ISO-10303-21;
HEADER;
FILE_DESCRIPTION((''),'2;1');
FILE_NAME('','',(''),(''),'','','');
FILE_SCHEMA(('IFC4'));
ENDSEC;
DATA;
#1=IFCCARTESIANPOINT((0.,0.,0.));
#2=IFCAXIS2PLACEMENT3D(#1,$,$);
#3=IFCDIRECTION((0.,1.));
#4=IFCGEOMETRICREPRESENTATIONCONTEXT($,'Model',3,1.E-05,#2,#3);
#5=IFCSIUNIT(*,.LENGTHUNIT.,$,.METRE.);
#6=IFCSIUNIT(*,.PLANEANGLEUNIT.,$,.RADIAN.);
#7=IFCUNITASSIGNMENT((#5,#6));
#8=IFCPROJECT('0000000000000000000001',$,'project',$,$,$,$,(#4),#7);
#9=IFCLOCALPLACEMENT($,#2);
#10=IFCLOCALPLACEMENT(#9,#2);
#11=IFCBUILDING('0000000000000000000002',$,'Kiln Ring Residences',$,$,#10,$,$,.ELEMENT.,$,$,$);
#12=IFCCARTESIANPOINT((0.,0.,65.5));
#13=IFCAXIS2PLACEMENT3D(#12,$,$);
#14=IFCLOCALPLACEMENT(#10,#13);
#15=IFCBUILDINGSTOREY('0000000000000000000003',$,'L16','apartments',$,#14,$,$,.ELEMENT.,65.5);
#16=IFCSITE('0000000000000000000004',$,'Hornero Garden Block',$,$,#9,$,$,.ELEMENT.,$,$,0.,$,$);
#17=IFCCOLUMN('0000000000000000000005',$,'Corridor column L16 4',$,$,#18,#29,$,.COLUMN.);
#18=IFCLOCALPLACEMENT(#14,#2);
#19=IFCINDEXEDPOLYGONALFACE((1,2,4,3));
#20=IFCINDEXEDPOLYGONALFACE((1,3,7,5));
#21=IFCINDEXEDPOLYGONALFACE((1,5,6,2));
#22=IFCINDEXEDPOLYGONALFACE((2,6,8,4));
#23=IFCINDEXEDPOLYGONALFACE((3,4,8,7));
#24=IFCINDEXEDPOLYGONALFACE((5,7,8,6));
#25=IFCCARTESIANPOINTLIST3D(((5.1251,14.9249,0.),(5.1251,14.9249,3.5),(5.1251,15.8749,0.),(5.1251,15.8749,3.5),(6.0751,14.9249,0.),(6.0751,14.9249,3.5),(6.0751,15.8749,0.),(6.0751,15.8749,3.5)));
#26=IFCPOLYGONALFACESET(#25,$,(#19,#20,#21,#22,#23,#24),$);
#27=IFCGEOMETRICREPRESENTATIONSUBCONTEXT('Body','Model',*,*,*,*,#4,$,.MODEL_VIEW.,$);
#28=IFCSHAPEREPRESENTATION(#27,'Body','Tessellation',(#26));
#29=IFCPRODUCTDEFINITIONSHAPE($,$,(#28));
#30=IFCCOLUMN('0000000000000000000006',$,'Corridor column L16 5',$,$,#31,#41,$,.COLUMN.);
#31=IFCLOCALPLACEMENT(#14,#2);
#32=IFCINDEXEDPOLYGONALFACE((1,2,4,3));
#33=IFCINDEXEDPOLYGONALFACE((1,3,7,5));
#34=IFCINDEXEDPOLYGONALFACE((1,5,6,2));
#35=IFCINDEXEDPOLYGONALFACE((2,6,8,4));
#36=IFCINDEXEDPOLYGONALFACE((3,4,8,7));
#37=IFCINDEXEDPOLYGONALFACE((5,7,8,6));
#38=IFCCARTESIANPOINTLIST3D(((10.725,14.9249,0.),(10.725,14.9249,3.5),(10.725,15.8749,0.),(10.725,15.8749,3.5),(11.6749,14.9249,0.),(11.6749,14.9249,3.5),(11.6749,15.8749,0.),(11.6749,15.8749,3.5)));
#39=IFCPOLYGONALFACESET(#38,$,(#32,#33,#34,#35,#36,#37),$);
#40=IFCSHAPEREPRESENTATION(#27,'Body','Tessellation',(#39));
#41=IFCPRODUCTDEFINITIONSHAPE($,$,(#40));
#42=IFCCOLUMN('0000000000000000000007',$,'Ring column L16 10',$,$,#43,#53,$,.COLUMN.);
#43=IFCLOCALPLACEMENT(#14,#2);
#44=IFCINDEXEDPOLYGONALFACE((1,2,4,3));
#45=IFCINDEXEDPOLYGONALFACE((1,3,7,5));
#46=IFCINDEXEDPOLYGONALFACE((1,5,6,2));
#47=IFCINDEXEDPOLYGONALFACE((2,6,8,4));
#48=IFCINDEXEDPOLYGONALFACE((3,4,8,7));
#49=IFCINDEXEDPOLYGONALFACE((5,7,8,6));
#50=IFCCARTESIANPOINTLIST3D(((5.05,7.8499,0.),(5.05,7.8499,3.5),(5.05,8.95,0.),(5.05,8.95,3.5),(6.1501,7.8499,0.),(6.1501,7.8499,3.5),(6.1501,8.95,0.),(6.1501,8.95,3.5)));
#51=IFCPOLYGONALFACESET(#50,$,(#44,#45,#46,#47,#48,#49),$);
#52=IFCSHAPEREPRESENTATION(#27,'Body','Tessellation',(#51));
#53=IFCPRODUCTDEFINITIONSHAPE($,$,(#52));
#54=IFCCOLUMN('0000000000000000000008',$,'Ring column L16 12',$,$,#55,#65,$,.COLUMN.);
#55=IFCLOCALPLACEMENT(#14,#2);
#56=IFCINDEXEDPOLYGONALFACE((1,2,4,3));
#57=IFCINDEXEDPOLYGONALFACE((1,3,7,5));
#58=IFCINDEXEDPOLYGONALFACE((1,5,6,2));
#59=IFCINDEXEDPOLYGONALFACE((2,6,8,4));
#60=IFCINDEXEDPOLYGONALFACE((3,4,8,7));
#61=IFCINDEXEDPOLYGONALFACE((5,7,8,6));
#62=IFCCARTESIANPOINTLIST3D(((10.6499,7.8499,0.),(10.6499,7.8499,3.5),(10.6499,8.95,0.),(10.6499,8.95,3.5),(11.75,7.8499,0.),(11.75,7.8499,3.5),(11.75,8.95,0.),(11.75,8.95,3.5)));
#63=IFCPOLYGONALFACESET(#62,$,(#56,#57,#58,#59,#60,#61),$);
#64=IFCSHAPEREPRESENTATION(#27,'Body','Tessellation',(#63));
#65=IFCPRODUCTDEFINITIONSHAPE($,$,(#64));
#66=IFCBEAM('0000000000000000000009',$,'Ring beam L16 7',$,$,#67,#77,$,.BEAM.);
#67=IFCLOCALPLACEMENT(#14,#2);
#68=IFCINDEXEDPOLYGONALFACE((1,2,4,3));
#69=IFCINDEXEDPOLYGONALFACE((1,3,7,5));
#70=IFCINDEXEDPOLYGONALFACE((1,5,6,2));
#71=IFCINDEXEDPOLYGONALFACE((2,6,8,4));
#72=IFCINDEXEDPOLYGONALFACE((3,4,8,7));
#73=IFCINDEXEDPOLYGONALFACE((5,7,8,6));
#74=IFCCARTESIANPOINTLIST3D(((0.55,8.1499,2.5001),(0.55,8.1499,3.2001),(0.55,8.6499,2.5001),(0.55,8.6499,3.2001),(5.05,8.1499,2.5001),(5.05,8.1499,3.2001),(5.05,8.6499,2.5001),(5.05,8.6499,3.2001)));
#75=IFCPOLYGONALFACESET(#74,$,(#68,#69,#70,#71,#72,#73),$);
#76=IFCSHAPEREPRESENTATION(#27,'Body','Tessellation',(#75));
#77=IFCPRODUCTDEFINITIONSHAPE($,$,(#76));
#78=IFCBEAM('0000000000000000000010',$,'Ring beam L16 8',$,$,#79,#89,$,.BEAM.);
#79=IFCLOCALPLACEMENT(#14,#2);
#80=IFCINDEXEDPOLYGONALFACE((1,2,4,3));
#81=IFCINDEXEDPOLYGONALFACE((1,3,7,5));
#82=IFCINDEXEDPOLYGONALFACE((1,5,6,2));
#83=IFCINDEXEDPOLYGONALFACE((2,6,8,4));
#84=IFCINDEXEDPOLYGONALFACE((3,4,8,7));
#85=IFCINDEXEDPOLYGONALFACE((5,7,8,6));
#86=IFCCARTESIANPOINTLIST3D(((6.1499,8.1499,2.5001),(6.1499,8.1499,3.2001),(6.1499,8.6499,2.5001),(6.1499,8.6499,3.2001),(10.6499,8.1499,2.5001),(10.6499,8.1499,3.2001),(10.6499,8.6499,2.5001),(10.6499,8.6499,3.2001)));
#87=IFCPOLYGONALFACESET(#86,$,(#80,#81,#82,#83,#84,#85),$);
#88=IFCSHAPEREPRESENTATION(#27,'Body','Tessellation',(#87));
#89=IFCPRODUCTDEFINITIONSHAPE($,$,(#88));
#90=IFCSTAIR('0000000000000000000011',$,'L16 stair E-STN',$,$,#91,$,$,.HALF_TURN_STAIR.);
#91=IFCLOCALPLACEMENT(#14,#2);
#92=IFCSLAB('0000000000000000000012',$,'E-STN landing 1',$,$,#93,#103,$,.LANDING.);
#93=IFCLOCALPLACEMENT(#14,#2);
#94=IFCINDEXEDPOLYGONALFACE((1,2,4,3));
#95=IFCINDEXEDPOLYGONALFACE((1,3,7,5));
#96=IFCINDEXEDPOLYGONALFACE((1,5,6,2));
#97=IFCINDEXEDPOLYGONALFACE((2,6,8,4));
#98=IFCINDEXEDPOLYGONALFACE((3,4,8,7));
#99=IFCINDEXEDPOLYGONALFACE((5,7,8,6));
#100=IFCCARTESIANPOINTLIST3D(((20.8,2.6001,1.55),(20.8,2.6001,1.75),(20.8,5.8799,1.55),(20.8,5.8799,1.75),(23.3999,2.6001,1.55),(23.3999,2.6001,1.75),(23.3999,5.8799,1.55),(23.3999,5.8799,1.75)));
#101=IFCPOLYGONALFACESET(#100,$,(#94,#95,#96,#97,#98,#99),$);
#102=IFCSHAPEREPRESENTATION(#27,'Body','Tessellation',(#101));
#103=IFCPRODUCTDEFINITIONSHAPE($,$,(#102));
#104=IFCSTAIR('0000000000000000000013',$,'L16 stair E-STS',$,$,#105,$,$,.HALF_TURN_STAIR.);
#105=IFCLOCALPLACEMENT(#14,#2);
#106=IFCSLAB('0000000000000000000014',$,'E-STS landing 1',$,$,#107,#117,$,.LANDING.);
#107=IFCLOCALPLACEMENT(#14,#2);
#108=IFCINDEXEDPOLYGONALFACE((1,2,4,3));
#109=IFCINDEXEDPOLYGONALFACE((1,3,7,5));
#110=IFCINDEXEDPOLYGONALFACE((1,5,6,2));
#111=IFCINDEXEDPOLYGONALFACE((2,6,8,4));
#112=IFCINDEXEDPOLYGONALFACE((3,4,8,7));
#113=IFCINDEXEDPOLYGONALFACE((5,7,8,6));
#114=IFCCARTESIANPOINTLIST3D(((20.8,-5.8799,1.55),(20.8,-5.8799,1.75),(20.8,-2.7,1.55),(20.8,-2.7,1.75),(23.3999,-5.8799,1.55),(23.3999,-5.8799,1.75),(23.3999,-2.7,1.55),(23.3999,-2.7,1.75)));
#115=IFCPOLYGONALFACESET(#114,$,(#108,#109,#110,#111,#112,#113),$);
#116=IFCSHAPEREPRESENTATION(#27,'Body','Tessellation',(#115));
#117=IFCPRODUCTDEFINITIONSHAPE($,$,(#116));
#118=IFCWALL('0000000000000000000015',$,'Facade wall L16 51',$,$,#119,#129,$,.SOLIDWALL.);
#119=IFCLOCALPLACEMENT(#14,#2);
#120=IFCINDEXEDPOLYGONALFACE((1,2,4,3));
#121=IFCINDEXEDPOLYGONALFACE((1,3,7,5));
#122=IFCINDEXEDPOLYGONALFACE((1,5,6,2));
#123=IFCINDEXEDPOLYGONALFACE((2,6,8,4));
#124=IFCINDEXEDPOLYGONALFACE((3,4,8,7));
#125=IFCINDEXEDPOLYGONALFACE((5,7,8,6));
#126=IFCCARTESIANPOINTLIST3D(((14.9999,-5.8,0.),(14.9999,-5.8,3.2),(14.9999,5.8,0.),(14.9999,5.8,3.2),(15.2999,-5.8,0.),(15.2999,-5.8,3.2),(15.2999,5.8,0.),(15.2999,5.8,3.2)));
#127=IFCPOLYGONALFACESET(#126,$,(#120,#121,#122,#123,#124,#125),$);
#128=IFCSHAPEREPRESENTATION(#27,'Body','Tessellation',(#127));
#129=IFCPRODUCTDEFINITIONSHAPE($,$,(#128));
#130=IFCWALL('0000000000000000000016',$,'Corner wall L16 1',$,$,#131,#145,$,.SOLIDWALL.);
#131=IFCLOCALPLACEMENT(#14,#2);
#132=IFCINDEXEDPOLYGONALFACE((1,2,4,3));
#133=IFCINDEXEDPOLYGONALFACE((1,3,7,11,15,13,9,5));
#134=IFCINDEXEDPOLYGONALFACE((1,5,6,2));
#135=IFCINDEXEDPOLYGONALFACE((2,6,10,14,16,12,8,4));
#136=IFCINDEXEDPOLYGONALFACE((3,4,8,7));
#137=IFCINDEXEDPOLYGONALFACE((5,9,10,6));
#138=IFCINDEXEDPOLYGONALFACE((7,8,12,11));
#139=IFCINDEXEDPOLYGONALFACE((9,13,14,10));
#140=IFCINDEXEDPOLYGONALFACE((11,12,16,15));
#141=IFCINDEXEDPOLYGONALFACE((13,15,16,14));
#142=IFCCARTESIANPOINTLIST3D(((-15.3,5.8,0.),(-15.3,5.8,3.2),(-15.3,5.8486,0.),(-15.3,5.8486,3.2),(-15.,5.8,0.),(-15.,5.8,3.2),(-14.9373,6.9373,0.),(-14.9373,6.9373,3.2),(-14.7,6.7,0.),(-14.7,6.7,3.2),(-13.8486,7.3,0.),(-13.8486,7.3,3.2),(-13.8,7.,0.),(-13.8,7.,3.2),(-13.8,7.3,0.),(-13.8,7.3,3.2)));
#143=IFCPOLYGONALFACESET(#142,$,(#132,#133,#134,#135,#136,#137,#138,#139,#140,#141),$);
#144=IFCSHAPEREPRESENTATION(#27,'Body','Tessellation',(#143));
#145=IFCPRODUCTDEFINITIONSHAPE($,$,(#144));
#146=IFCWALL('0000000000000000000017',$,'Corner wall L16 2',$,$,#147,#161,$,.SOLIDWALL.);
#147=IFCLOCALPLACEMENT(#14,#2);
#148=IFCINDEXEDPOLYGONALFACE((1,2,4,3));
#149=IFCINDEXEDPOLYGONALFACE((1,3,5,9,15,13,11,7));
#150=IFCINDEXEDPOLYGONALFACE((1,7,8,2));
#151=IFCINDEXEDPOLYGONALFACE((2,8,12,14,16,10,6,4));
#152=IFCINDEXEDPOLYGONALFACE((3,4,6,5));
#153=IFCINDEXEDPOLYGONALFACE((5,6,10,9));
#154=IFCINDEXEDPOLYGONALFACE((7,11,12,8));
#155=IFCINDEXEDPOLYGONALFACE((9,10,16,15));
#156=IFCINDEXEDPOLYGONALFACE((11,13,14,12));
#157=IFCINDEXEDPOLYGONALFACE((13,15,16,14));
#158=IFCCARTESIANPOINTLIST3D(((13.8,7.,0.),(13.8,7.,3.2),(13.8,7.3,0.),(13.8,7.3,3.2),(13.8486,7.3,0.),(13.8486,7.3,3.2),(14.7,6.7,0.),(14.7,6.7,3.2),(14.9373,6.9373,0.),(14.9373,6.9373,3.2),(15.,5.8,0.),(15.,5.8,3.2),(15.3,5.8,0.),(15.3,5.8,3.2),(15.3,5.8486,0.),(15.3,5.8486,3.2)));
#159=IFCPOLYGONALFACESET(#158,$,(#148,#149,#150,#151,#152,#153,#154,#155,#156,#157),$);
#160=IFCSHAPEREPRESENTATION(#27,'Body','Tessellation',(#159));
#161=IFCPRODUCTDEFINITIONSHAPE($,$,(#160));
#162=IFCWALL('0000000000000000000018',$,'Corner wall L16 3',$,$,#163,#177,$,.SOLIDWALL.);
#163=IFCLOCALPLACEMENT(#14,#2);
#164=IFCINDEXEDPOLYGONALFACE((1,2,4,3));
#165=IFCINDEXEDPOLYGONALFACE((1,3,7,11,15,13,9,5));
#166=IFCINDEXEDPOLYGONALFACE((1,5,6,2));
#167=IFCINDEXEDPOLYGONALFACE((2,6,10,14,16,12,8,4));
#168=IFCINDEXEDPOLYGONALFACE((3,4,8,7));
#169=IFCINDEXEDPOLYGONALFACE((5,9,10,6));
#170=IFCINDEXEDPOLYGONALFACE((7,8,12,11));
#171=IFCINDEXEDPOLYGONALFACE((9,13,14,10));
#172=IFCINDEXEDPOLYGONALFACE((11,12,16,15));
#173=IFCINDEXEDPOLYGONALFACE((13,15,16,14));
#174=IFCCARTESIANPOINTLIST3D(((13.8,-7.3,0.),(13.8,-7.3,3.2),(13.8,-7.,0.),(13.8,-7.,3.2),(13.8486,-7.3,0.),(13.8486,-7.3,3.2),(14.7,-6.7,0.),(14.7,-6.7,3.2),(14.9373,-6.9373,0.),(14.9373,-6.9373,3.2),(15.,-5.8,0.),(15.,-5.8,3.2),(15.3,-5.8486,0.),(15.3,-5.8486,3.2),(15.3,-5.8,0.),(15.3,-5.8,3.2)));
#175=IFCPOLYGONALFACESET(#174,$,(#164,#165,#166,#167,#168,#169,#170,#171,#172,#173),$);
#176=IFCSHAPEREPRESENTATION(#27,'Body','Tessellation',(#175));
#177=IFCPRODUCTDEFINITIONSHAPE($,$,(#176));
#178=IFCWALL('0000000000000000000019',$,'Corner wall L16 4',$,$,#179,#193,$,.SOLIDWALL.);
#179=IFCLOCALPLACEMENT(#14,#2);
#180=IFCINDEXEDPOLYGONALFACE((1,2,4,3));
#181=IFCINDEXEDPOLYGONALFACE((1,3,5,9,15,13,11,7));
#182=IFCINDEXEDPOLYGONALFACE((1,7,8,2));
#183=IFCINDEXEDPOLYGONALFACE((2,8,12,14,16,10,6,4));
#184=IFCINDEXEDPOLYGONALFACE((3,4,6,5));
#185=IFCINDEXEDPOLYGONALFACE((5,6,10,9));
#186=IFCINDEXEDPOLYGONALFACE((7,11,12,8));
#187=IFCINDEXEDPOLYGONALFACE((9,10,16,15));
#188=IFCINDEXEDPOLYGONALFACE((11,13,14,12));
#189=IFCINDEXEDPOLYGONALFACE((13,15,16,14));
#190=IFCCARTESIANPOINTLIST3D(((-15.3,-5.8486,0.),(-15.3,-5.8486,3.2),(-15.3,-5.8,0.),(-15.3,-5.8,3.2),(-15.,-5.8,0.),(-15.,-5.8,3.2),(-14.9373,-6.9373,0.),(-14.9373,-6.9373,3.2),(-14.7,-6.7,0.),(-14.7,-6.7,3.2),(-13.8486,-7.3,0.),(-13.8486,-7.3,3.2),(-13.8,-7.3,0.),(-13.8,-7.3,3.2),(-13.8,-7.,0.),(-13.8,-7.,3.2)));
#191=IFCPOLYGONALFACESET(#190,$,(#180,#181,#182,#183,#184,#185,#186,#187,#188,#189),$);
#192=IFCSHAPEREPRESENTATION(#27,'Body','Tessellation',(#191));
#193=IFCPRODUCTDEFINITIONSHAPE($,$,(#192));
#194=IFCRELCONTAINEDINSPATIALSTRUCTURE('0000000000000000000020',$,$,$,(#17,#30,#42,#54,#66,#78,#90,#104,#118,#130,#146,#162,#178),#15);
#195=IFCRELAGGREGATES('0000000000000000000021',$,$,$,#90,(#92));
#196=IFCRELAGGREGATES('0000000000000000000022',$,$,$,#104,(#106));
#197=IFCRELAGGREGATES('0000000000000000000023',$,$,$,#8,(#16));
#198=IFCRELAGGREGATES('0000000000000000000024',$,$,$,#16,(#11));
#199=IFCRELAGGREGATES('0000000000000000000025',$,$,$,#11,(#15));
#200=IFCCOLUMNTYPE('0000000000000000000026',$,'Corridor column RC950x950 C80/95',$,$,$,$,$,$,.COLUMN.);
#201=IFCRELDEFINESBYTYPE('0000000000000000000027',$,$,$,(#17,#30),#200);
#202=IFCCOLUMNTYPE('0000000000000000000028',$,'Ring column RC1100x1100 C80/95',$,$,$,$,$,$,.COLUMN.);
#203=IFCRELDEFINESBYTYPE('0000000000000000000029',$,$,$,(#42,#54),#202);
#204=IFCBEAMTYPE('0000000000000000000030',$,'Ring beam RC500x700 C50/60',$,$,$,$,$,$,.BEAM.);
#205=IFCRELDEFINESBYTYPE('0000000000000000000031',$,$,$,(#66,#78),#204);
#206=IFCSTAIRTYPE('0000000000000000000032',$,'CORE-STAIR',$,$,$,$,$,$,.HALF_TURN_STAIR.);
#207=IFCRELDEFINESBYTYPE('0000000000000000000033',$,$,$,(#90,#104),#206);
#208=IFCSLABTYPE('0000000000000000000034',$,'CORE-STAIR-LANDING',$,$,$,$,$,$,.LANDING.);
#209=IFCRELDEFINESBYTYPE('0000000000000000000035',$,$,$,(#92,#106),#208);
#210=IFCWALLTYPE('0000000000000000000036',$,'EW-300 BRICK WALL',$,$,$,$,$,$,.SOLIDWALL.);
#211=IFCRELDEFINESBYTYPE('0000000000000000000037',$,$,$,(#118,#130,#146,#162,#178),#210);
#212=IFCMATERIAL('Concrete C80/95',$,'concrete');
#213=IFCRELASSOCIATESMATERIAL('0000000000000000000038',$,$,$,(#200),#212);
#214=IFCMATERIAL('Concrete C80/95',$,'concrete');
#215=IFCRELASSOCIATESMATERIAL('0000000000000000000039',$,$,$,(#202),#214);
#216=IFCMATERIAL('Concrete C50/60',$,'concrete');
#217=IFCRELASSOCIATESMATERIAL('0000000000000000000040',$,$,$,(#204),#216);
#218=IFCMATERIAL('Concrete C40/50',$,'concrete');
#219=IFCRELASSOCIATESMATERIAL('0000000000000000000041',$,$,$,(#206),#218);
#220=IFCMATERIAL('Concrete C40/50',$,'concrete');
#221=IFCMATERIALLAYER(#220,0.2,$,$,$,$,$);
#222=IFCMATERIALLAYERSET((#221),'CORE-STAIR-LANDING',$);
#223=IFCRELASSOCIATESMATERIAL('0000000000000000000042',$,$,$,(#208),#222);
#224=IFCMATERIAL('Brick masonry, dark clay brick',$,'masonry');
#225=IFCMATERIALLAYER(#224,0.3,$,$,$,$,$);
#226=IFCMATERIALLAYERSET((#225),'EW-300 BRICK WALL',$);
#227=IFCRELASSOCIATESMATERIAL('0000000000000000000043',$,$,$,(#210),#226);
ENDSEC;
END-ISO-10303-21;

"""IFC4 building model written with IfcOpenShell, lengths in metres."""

from ifc_helpers import new_model, si_unit, direction, frame, frame_2d, origin, origin_2d, place, context, subcontext, project, spatial, polyline, rectangle, outline, extrude, material, layer, layer_set, material_profile, profile_set, type_object, element, aggregate, save


model = new_model("IFC4")

# Units and contexts
model_context = context("Model", 3, precision=1e-05, world=origin(), true_north=direction((0.0, 1.0)))
body_context = subcontext(model_context, "Body", "Model", "MODEL_VIEW")
ifc_project = project(units=[si_unit("LENGTHUNIT", "METRE"), si_unit("PLANEANGLEUNIT", "RADIAN")], contexts=[model_context])

# Site, building, storey
site_placement = place(None, origin())
site = spatial("IfcSite", under=ifc_project, at=site_placement, Name="Hornero Garden Block", CompositionType="ELEMENT", RefElevation=0.0)
building_placement = place(site_placement, origin())
building = spatial("IfcBuilding", under=site, at=building_placement, Name="Kiln Ring Residences", CompositionType="ELEMENT")
storey_placement = place(building_placement, frame((0.0, 0.0, 65.5)))
storey = spatial("IfcBuildingStorey", under=building, at=storey_placement, Name="L16", Description="apartments", CompositionType="ELEMENT", Elevation=65.5)

# Columns
ifc_material_1 = material(Name="Concrete C80/95", Category="concrete")
ifc_material_profile_1 = material_profile(ifc_material_1, rectangle(XDim=0.95, YDim=0.95, at=origin_2d()), Name="RC950x950")
ifc_profile_set_1 = profile_set([ifc_material_profile_1], Name="Concrete C80/95")
column_type_1 = type_object("IfcColumnType", Name="Corridor column RC950x950 C80/95", PredefinedType="COLUMN", material=ifc_profile_set_1)
for number, where, z_axis, x_axis, name in (
    (1, (5.6001, 15.3999, 0.0), (0.0, 0.0, 1.0), (1.0, 0.0, 0.0), "Corridor column L16 4"),
    (2, (11.2, 15.3999, 0.0), (0.0, 0.0, 1.0), (1.0, 0.0, 0.0), "Corridor column L16 5"),
):
    element("IfcColumn", number, at=place(storey_placement, frame(where, z_axis=z_axis, x_axis=x_axis)), inside=storey, type_object=column_type_1, Name=name, PredefinedType="COLUMN", context=body_context, shape_type="SweptSolid", body=[
        extrude(rectangle(XDim=0.95, YDim=0.95, at=origin_2d()), origin(), (0.0, 0.0, 1.0), 3.5),
    ])
ifc_material_2 = material(Name="Concrete C80/95", Category="concrete")
ifc_material_profile_2 = material_profile(ifc_material_2, rectangle(XDim=1.1001, YDim=1.1001, at=origin_2d()), Name="RC1100x1100")
ifc_profile_set_2 = profile_set([ifc_material_profile_2], Name="Concrete C80/95")
column_type_2 = type_object("IfcColumnType", Name="Ring column RC1100x1100 C80/95", PredefinedType="COLUMN", material=ifc_profile_set_2)
for number, where, z_axis, x_axis, name in (
    (3, (5.6001, 8.3999, 0.0), (0.0, 0.0, 1.0), (1.0, 0.0, 0.0), "Ring column L16 10"),
    (4, (11.2, 8.3999, 0.0), (0.0, 0.0, 1.0), (1.0, 0.0, 0.0), "Ring column L16 12"),
):
    element("IfcColumn", number, at=place(storey_placement, frame(where, z_axis=z_axis, x_axis=x_axis)), inside=storey, type_object=column_type_2, Name=name, PredefinedType="COLUMN", context=body_context, shape_type="SweptSolid", body=[
        extrude(rectangle(XDim=1.1001, YDim=1.1001, at=origin_2d()), origin(), (0.0, 0.0, 1.0), 3.5),
    ])

# Beams
ifc_material_3 = material(Name="Concrete C50/60", Category="concrete")
ifc_material_profile_3 = material_profile(ifc_material_3, rectangle(XDim=0.5, YDim=0.7, at=origin_2d()), Name="RC500x700")
ifc_profile_set_3 = profile_set([ifc_material_profile_3], Name="Concrete C50/60")
beam_type = type_object("IfcBeamType", Name="Ring beam RC500x700 C50/60", PredefinedType="BEAM", material=ifc_profile_set_3)
for number, where, z_axis, x_axis, name in (
    (5, (0.55, 8.3999, 2.8501), (1.0, 0.0, 0.0), (0.0, 1.0, 0.0), "Ring beam L16 7"),
    (6, (6.1499, 8.3999, 2.8501), (1.0, 0.0, 0.0), (0.0, 1.0, 0.0), "Ring beam L16 8"),
):
    element("IfcBeam", number, at=place(storey_placement, frame(where, z_axis=z_axis, x_axis=x_axis)), inside=storey, type_object=beam_type, Name=name, PredefinedType="BEAM", context=body_context, shape_type="SweptSolid", body=[
        extrude(rectangle(XDim=0.5, YDim=0.7, at=origin_2d()), origin(), (0.0, 0.0, 1.0), 4.5),
    ])

# Stairs, slabs
ifc_material_4 = material(Name="Concrete C40/50", Category="concrete")
stair_type = type_object("IfcStairType", Name="CORE-STAIR", PredefinedType="HALF_TURN_STAIR", material=ifc_material_4)
placement_1 = place(storey_placement, origin())
stair_1 = element("IfcStair", 7, at=placement_1, inside=storey, type_object=stair_type, Name="L16 stair E-STN", PredefinedType="HALF_TURN_STAIR")
ifc_material_5 = material(Name="Concrete C40/50", Category="concrete")
ifc_layer_1 = layer(ifc_material_5, 0.2)
ifc_layer_set_1 = layer_set([ifc_layer_1], Name="CORE-STAIR-LANDING")
slab_type = type_object("IfcSlabType", Name="CORE-STAIR-LANDING", PredefinedType="LANDING", material=ifc_layer_set_1)
placement_2 = place(storey_placement, frame((0.0, 0.0, 1.55)))
slab_1 = element("IfcSlab", 8, at=placement_2, type_object=slab_type, Name="E-STN landing 1", PredefinedType="LANDING", context=body_context, shape_type="SweptSolid", body=[
    extrude(outline(polyline([(20.8, 5.8799), (20.8, 2.6001), (23.3999, 2.6001), (23.3999, 5.8799), (20.8, 5.8799)])), origin(), (0.0, 0.0, 1.0), 0.2),
])
aggregate(stair_1, [slab_1])
stair_2 = element("IfcStair", 9, at=placement_1, inside=storey, type_object=stair_type, Name="L16 stair E-STS", PredefinedType="HALF_TURN_STAIR")
slab_2 = element("IfcSlab", 10, at=placement_2, type_object=slab_type, Name="E-STS landing 1", PredefinedType="LANDING", context=body_context, shape_type="SweptSolid", body=[
    extrude(outline(polyline([(23.3999, -5.8799), (23.3999, -2.7), (20.8, -2.7), (20.8, -5.8799), (23.3999, -5.8799)])), origin(), (0.0, 0.0, 1.0), 0.2),
])
aggregate(stair_2, [slab_2])

# Walls
ifc_material_6 = material(Name="Brick masonry, dark clay brick", Category="masonry")
ifc_layer_2 = layer(ifc_material_6, 0.3)
ifc_layer_set_2 = layer_set([ifc_layer_2], Name="EW-300 BRICK WALL")
wall_type_1 = type_object("IfcWallType", Name="EW-300 BRICK WALL", PredefinedType="SOLIDWALL", material=ifc_layer_set_2)
wall_1_placement = place(storey_placement, frame((15.1499, 5.8, 0.0), z_axis=(0.0, 0.0, 1.0), x_axis=(0.0, -1.0, 0.0)))
element("IfcWall", 11, at=wall_1_placement, inside=storey, type_object=wall_type_1, Name="Facade wall L16 51", PredefinedType="SOLIDWALL", context=body_context, shape_type="SweptSolid", body=[
    extrude(rectangle(XDim=11.6001, YDim=0.3, at=frame_2d((5.8, 0.0))), origin(), (0.0, 0.0, 1.0), 3.2),
])
element("IfcWall", 12, at=placement_1, inside=storey, type_object=wall_type_1, Name="Corner wall L16 1", PredefinedType="SOLIDWALL", context=body_context, shape_type="SweptSolid", body=[
    extrude(outline(polyline([(-13.8486, 7.3), (-14.9373, 6.9373), (-15.3, 5.8486), (-15.3, 5.8), (-15.0, 5.8), (-14.7, 6.7), (-13.8, 7.0), (-13.8, 7.3), (-13.8486, 7.3)])), origin(), (0.0, 0.0, 1.0), 3.2),
])
element("IfcWall", 13, at=placement_1, inside=storey, type_object=wall_type_1, Name="Corner wall L16 2", PredefinedType="SOLIDWALL", context=body_context, shape_type="SweptSolid", body=[
    extrude(outline(polyline([(14.9373, 6.9373), (13.8486, 7.3), (13.8, 7.3), (13.8, 7.0), (14.7, 6.7), (15.0, 5.8), (15.3, 5.8), (15.3, 5.8486), (14.9373, 6.9373)])), origin(), (0.0, 0.0, 1.0), 3.2),
])
element("IfcWall", 14, at=placement_1, inside=storey, type_object=wall_type_1, Name="Corner wall L16 3", PredefinedType="SOLIDWALL", context=body_context, shape_type="SweptSolid", body=[
    extrude(outline(polyline([(14.9373, -6.9373), (15.3, -5.8486), (15.3, -5.8), (15.0, -5.8), (14.7, -6.7), (13.8, -7.0), (13.8, -7.3), (13.8486, -7.3), (14.9373, -6.9373)])), origin(), (0.0, 0.0, 1.0), 3.2),
])
element("IfcWall", 15, at=placement_1, inside=storey, type_object=wall_type_1, Name="Corner wall L16 4", PredefinedType="SOLIDWALL", context=body_context, shape_type="SweptSolid", body=[
    extrude(outline(polyline([(-14.9373, -6.9373), (-13.8486, -7.3), (-13.8, -7.3), (-13.8, -7.0), (-14.7, -6.7), (-15.0, -5.8), (-15.3, -5.8), (-15.3, -5.8486), (-14.9373, -6.9373)])), origin(), (0.0, 0.0, 1.0), 3.2),
])

save(model, "model.ifc")
